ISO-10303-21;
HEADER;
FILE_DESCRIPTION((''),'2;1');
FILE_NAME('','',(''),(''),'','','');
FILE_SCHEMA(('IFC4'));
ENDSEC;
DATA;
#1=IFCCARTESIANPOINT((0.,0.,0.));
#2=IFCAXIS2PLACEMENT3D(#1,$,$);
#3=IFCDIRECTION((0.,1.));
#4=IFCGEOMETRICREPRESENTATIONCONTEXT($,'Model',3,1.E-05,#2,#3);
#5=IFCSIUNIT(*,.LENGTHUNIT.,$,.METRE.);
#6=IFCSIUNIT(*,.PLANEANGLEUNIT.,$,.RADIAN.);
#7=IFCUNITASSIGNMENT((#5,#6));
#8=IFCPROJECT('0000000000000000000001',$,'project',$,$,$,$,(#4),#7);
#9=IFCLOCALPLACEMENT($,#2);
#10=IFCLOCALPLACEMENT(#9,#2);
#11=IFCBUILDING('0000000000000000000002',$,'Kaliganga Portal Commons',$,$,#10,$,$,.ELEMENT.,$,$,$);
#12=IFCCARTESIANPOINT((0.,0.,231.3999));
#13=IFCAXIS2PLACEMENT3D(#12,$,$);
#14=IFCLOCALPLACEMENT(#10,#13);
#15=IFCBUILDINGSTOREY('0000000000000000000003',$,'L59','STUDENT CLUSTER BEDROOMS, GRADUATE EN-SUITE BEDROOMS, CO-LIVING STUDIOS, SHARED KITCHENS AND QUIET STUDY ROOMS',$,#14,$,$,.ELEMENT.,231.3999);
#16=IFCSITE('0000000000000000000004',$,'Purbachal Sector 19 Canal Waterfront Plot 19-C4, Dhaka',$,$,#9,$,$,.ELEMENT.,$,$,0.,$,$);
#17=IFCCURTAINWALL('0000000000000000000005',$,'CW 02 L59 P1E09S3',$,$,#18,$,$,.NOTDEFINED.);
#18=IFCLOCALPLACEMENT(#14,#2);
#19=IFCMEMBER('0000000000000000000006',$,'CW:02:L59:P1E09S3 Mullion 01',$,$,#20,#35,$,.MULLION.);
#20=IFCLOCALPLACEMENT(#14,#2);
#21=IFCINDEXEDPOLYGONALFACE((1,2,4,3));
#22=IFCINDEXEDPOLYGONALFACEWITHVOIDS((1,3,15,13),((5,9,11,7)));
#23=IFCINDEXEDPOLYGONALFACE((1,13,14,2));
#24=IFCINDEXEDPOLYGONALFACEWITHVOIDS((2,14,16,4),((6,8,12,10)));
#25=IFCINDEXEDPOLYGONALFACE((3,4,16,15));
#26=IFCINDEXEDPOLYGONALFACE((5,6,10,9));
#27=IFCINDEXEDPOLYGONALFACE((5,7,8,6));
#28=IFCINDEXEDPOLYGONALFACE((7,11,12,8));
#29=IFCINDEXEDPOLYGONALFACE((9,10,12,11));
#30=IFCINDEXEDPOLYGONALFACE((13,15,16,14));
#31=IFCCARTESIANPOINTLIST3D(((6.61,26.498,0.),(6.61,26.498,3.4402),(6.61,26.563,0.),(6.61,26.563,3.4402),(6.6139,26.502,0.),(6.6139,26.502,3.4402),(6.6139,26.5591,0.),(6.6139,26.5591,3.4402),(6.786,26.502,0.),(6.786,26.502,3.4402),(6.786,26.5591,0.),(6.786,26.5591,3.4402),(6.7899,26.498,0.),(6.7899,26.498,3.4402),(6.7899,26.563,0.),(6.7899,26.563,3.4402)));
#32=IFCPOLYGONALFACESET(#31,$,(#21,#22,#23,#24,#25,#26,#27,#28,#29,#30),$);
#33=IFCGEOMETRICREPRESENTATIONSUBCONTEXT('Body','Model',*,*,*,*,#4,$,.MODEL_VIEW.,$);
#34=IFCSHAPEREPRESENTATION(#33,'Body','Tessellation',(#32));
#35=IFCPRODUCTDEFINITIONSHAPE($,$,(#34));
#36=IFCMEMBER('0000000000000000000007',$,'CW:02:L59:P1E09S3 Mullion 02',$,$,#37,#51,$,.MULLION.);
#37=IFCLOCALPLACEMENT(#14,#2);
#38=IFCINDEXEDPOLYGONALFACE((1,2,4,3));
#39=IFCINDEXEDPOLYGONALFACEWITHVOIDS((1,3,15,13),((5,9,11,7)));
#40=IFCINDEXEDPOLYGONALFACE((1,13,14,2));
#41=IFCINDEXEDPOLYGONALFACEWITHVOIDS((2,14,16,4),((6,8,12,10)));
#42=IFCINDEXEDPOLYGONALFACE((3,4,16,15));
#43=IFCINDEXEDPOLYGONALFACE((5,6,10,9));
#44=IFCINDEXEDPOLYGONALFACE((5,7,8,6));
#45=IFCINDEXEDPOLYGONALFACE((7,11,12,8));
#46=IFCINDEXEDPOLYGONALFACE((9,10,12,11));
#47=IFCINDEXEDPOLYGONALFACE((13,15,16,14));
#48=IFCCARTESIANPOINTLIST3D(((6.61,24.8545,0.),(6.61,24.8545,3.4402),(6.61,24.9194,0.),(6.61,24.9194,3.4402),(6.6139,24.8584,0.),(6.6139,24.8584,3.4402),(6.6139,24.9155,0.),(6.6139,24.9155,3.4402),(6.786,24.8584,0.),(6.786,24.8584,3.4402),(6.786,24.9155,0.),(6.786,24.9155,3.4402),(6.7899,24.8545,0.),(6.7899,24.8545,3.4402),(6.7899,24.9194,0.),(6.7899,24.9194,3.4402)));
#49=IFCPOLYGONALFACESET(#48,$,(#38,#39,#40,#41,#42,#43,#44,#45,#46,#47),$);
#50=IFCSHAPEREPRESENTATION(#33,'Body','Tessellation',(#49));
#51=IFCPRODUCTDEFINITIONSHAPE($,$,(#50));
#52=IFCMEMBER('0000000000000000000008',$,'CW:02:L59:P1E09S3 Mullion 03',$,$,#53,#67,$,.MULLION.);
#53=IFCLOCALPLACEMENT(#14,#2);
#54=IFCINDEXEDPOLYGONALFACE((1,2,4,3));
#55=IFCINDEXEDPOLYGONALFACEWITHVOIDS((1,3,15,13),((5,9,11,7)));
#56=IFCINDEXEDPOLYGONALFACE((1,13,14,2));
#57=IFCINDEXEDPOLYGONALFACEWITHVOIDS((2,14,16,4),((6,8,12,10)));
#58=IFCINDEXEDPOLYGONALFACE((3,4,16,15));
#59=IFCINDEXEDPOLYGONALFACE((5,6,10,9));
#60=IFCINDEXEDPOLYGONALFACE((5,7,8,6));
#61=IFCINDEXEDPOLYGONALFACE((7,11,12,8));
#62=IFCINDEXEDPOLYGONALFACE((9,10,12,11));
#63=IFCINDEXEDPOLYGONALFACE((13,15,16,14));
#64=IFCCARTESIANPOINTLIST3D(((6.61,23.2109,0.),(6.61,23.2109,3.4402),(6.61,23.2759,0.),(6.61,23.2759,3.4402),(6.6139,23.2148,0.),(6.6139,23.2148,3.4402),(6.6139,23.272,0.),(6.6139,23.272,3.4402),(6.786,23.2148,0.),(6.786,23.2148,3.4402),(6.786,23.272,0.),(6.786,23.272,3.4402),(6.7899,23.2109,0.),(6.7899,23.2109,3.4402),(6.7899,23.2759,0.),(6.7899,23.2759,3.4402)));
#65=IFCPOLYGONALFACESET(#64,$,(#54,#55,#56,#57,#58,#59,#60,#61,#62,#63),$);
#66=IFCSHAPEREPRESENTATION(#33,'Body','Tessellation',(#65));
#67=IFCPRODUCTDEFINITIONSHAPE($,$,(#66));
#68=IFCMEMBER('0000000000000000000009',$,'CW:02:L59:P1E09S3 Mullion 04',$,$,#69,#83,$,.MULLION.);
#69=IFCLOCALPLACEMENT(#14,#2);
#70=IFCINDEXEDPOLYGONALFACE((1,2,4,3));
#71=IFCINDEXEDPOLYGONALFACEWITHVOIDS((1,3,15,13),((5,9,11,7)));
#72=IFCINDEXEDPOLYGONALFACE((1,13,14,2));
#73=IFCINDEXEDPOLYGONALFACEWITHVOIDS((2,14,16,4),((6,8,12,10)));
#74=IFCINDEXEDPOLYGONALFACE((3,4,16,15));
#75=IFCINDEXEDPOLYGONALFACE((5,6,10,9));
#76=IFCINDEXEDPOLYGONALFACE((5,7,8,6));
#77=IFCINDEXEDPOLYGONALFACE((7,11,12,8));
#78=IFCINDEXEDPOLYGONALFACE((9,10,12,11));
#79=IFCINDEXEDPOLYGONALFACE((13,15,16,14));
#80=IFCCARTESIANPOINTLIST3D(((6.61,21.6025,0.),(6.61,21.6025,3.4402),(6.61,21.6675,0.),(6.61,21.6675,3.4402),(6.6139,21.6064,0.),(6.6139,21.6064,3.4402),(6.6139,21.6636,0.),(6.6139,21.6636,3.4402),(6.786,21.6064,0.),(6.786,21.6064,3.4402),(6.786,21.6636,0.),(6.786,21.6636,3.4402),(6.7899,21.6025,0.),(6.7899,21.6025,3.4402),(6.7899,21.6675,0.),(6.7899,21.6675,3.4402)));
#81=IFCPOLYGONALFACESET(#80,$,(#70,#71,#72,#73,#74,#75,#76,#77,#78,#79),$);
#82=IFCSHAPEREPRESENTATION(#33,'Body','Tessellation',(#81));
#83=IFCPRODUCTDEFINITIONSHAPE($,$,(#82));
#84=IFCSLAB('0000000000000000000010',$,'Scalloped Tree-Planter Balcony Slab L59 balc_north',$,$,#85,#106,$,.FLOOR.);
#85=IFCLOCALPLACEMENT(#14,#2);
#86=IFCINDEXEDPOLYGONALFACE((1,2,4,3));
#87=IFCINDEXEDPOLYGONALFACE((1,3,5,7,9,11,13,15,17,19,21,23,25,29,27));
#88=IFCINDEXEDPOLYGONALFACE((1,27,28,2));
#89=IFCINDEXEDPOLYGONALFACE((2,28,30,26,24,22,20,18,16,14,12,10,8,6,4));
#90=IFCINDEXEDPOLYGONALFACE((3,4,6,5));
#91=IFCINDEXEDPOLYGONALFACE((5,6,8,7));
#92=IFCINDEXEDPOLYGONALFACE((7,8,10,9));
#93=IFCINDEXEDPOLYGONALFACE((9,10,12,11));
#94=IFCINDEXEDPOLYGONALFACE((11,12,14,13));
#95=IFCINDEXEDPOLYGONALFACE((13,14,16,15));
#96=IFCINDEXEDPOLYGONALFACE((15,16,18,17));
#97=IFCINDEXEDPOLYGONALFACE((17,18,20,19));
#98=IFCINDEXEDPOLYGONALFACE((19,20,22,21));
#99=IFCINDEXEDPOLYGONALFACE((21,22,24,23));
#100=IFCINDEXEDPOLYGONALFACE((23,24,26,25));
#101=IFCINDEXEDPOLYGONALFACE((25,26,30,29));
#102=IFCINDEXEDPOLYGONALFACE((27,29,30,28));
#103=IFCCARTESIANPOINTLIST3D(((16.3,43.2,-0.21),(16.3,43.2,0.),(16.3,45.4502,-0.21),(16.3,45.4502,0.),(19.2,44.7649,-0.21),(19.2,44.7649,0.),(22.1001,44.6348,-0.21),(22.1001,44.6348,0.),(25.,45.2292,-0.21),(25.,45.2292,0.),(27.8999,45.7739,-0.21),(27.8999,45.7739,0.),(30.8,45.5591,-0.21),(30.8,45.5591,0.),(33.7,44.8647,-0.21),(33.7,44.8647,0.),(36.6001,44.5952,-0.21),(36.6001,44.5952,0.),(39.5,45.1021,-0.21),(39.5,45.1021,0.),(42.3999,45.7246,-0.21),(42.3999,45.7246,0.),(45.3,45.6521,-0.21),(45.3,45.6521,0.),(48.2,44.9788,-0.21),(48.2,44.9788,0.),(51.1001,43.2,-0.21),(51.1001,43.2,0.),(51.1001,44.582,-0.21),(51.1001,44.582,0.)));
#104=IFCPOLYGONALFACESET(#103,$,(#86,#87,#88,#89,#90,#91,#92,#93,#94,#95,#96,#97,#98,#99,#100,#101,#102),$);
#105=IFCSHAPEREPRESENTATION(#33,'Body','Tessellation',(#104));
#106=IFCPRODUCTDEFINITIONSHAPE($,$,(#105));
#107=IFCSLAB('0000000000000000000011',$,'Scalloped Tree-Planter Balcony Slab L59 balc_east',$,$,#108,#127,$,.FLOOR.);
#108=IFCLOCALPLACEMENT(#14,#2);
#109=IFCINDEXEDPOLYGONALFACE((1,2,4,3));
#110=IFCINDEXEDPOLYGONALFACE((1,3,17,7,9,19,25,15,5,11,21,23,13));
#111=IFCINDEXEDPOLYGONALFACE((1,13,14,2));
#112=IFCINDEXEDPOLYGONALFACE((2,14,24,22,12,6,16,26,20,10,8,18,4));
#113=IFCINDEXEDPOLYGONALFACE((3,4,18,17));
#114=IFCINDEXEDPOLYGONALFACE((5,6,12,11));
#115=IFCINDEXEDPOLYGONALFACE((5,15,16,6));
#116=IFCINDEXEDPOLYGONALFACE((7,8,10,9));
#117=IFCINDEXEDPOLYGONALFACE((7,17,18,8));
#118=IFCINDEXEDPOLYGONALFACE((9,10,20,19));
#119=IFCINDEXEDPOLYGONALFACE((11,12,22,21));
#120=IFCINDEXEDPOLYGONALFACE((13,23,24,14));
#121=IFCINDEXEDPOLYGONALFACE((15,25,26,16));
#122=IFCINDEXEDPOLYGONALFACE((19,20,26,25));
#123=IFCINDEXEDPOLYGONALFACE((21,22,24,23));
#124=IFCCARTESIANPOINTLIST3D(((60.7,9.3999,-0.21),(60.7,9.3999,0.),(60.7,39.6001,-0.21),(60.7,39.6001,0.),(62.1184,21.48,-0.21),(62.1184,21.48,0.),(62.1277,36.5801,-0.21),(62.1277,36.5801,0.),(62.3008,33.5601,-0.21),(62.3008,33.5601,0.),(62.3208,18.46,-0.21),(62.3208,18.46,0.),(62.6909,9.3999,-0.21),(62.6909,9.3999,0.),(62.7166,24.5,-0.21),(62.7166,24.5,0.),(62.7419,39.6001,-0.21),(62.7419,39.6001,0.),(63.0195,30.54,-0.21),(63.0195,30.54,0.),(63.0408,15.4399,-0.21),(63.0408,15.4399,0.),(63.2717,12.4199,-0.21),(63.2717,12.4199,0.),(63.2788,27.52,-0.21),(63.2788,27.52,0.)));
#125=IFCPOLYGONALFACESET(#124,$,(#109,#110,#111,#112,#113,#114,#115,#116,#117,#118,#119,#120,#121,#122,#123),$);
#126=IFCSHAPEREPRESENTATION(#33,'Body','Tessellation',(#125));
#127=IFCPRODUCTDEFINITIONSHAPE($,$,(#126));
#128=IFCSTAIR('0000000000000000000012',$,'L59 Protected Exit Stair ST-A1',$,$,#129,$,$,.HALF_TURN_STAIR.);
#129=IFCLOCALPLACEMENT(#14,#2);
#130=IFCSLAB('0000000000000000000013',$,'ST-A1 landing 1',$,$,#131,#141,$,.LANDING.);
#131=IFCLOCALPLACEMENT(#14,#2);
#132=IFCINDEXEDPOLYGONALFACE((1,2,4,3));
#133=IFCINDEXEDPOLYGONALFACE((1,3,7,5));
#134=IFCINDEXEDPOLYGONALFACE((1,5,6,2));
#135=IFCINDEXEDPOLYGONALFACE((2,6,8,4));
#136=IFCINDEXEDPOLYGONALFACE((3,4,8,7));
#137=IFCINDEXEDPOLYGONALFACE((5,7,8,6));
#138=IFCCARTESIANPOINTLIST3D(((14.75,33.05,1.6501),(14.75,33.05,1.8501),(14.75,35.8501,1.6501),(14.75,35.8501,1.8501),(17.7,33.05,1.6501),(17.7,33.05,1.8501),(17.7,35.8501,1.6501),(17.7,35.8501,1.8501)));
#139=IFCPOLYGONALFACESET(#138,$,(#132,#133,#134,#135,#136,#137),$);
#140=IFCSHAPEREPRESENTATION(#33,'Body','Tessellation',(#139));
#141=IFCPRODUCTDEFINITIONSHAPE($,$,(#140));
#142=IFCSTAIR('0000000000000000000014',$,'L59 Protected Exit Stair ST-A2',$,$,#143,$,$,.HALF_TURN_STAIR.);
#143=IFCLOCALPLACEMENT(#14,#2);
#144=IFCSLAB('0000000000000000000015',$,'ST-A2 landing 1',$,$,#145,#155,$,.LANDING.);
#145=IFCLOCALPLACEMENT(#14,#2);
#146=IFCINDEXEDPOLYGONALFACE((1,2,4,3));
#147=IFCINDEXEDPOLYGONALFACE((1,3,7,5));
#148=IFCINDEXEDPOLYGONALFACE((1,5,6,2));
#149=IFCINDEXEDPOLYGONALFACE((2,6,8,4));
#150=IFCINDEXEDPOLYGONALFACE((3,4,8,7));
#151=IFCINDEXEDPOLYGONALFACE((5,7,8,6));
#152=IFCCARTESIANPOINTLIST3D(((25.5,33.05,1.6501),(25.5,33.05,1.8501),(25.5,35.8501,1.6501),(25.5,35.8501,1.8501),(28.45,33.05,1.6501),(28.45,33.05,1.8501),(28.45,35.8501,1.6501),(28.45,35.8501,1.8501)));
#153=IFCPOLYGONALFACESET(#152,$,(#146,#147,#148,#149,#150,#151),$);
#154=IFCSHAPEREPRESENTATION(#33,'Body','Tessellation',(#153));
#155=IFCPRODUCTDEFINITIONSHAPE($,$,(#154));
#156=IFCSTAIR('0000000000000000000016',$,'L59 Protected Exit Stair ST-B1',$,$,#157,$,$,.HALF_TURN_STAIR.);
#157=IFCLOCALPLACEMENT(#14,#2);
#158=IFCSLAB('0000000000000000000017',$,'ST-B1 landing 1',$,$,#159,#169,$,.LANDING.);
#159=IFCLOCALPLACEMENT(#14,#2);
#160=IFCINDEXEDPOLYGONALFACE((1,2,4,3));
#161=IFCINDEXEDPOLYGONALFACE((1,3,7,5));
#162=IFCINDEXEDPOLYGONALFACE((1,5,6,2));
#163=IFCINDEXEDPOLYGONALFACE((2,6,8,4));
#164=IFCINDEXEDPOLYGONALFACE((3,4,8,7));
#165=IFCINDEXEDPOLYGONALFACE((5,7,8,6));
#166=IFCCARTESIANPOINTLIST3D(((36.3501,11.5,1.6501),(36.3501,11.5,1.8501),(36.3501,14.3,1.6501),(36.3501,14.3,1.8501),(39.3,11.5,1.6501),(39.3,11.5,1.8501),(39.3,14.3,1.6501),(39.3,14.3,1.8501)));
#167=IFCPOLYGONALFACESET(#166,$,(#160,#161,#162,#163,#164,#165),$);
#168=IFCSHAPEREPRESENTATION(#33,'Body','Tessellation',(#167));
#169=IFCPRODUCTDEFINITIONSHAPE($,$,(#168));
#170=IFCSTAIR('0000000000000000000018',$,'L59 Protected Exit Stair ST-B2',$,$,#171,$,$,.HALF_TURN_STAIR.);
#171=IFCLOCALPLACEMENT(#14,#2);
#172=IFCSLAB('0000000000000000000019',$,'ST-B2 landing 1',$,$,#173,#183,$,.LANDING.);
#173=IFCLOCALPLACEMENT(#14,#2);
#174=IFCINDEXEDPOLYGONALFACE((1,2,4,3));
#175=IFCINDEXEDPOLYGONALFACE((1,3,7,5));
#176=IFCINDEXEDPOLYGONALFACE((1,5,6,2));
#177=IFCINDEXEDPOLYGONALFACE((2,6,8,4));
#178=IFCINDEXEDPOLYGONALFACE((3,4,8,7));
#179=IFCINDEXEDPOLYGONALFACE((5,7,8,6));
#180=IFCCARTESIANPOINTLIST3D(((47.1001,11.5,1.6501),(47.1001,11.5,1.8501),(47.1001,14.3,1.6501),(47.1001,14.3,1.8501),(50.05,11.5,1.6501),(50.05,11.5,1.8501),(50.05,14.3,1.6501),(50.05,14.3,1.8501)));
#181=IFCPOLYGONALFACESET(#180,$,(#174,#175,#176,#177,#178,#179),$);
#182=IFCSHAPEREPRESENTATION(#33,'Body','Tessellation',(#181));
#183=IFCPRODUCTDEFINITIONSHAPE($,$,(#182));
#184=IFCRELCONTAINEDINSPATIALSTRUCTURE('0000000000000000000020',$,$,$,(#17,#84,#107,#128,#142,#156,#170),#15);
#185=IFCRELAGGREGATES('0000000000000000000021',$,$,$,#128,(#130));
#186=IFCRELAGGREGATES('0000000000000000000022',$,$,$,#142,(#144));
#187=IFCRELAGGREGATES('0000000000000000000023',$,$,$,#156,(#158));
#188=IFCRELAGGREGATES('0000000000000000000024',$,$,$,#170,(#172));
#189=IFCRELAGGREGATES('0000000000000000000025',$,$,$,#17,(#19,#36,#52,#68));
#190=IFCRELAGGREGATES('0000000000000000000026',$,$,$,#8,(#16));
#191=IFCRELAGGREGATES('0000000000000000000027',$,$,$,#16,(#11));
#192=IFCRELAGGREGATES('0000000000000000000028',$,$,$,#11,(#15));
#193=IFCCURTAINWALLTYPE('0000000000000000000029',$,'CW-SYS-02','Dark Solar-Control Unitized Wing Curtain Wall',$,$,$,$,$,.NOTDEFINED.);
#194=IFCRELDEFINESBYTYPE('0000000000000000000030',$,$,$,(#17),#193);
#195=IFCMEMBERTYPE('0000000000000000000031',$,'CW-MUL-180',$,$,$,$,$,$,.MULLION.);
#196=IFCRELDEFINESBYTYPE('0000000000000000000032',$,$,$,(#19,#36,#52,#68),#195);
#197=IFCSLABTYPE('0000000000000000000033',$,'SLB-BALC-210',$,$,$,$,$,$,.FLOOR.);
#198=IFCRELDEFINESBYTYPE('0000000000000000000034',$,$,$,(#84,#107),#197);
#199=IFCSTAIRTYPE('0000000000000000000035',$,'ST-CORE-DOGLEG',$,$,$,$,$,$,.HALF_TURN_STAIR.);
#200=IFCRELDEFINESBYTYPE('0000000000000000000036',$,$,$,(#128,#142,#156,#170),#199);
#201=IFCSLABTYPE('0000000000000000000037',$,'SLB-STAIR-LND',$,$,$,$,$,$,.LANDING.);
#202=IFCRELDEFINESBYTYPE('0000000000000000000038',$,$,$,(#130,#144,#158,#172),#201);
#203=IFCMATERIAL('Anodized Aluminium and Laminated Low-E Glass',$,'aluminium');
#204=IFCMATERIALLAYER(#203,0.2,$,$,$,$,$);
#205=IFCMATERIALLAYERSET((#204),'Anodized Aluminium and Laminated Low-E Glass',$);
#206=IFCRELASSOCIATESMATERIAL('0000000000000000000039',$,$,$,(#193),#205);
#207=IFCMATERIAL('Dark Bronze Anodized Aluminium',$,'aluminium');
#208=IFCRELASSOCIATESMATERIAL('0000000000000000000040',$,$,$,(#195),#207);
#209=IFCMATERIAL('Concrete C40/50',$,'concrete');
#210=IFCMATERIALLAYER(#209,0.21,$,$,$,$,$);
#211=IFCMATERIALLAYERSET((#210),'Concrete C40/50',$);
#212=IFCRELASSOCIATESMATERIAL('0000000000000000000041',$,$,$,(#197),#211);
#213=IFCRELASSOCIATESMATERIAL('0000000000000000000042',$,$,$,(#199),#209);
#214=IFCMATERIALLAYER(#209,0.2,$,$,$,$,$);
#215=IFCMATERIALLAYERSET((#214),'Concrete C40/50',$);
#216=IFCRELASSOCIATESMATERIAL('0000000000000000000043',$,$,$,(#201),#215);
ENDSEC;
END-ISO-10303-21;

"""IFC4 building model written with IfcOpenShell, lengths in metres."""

from ifc_helpers import new_model, si_unit, direction, frame, origin, origin_2d, place, context, subcontext, project, spatial, polyline, hollow_rectangle, outline, extrude, source, transform, mapped, material, layer, layer_set, material_profile, profile_set, type_object, element, aggregate, save


model = new_model("IFC4")

# Units and contexts
model_context = context("Model", 3, precision=1e-05, world=origin(), true_north=direction((0.0, 1.0)))
body_context = subcontext(model_context, "Body", "Model", "MODEL_VIEW")
ifc_project = project(units=[si_unit("LENGTHUNIT", "METRE"), si_unit("PLANEANGLEUNIT", "RADIAN")], contexts=[model_context])

# Site, building, storey
site_placement = place(None, origin())
site = spatial("IfcSite", under=ifc_project, at=site_placement, Name="Purbachal Sector 19 Canal Waterfront Plot 19-C4, Dhaka", CompositionType="ELEMENT", RefElevation=0.0)
building_placement = place(site_placement, origin())
building = spatial("IfcBuilding", under=site, at=building_placement, Name="Kaliganga Portal Commons", CompositionType="ELEMENT")
storey_placement = place(building_placement, frame((0.0, 0.0, 231.3999)))
storey = spatial("IfcBuildingStorey", under=building, at=storey_placement, Name="L59", Description="STUDENT CLUSTER BEDROOMS, GRADUATE EN-SUITE BEDROOMS, CO-LIVING STUDIOS, SHARED KITCHENS AND QUIET STUDY ROOMS", CompositionType="ELEMENT", Elevation=231.3999)

# Curtain wall, members
ifc_material_1 = material(Name="Anodized Aluminium and Laminated Low-E Glass", Category="aluminium")
ifc_layer_1 = layer(ifc_material_1, 0.2)
ifc_layer_set_1 = layer_set([ifc_layer_1], Name="Anodized Aluminium and Laminated Low-E Glass")
curtain_wall_type = type_object("IfcCurtainWallType", Name="CW-SYS-02", Description="Dark Solar-Control Unitized Wing Curtain Wall", PredefinedType="NOTDEFINED", material=ifc_layer_set_1)
curtain_wall_placement = place(storey_placement, origin())
curtain_wall = element("IfcCurtainWall", 1, at=curtain_wall_placement, inside=storey, type_object=curtain_wall_type, Name="CW 02 L59 P1E09S3", PredefinedType="NOTDEFINED")
ifc_material_2 = material(Name="Dark Bronze Anodized Aluminium", Category="aluminium")
ifc_material_profile = material_profile(ifc_material_2, hollow_rectangle(XDim=0.0649, YDim=0.1799, WallThickness=0.0039, at=origin_2d()), Name="ALU MULL 65x180x4")
ifc_profile_set = profile_set([ifc_material_profile], Name="Dark Bronze Anodized Aluminium")
member_type = type_object("IfcMemberType", Name="CW-MUL-180", PredefinedType="MULLION", material=ifc_profile_set)
shared_shape_1 = source(origin(), body_context, "Body", "SweptSolid", [
    extrude(hollow_rectangle(XDim=0.0649, YDim=0.1799, WallThickness=0.0039, at=origin_2d()), origin(), (0.0, 0.0, 1.0), 3.4402),
])
member_1_placement = place(storey_placement, frame((6.7, 26.5305, 0.0), z_axis=(0.0, 0.0, 1.0), x_axis=(0.0, -1.0, 0.0)))
member_1 = element("IfcMember", 2, at=member_1_placement, type_object=member_type, Name="CW:02:L59:P1E09S3 Mullion 01", PredefinedType="MULLION", context=body_context, shape_type="MappedRepresentation", body=[
    mapped(shared_shape_1, transform((0.0, 0.0, 0.0), x_axis=(1.0, 0.0, 0.0), y_axis=(0.0, 1.0, 0.0), z_axis=(0.0, 0.0, 1.0), scale=1.0)),
])
member_2_placement = place(storey_placement, frame((6.7, 24.887, 0.0), z_axis=(0.0, 0.0, 1.0), x_axis=(0.0, -1.0, 0.0)))
member_2 = element("IfcMember", 3, at=member_2_placement, type_object=member_type, Name="CW:02:L59:P1E09S3 Mullion 02", PredefinedType="MULLION", context=body_context, shape_type="MappedRepresentation", body=[
    mapped(shared_shape_1, transform((0.0, 0.0, 0.0), x_axis=(1.0, 0.0, 0.0), y_axis=(0.0, 1.0, 0.0), z_axis=(0.0, 0.0, 1.0), scale=1.0)),
])
member_3_placement = place(storey_placement, frame((6.7, 23.2434, 0.0), z_axis=(0.0, 0.0, 1.0), x_axis=(0.0, -1.0, 0.0)))
member_3 = element("IfcMember", 4, at=member_3_placement, type_object=member_type, Name="CW:02:L59:P1E09S3 Mullion 03", PredefinedType="MULLION", context=body_context, shape_type="MappedRepresentation", body=[
    mapped(shared_shape_1, transform((0.0, 0.0, 0.0), x_axis=(1.0, 0.0, 0.0), y_axis=(0.0, 1.0, 0.0), z_axis=(0.0, 0.0, 1.0), scale=1.0)),
])
member_4_placement = place(storey_placement, frame((6.7, 21.635, 0.0), z_axis=(0.0, 0.0, 1.0), x_axis=(0.0, -1.0, 0.0)))
member_4 = element("IfcMember", 5, at=member_4_placement, type_object=member_type, Name="CW:02:L59:P1E09S3 Mullion 04", PredefinedType="MULLION", context=body_context, shape_type="MappedRepresentation", body=[
    mapped(shared_shape_1, transform((0.0, 0.0, 0.0), x_axis=(1.0, 0.0, 0.0), y_axis=(0.0, 1.0, 0.0), z_axis=(0.0, 0.0, 1.0), scale=1.0)),
])

# Slabs
ifc_material_3 = material(Name="Concrete C40/50", Category="concrete")
ifc_layer_2 = layer(ifc_material_3, 0.21)
ifc_layer_set_2 = layer_set([ifc_layer_2], Name="Concrete C40/50")
slab_type_1 = type_object("IfcSlabType", Name="SLB-BALC-210", PredefinedType="FLOOR", material=ifc_layer_set_2)
slab_1_placement = place(storey_placement, frame((0.0, 0.0, -0.21)))
element("IfcSlab", 6, at=slab_1_placement, inside=storey, type_object=slab_type_1, Name="Scalloped Tree-Planter Balcony Slab L59 balc_north", PredefinedType="FLOOR", context=body_context, shape_type="SweptSolid", body=[
    extrude(outline(polyline([(51.1001, 43.2), (51.1001, 44.582), (48.2, 44.9788), (45.3, 45.6521), (42.3999, 45.7246), (39.5, 45.1021), (36.6001, 44.5952), (33.7, 44.8647), (30.8, 45.5591), (27.8999, 45.7739), (25.0, 45.2292), (22.1001, 44.6348), (19.2, 44.7649), (16.3, 45.4502), (16.3, 43.2), (51.1001, 43.2)])), origin(), (0.0, 0.0, 1.0), 0.21),
])
slab_2_placement = place(storey_placement, frame((0.0, 0.0, -0.21)))
element("IfcSlab", 7, at=slab_2_placement, inside=storey, type_object=slab_type_1, Name="Scalloped Tree-Planter Balcony Slab L59 balc_east", PredefinedType="FLOOR", context=body_context, shape_type="SweptSolid", body=[
    extrude(outline(polyline([(60.7, 9.3999), (62.6909, 9.3999), (63.2717, 12.4199), (63.0408, 15.4399), (62.3208, 18.46), (62.1184, 21.48), (62.7166, 24.5), (63.2788, 27.52), (63.0195, 30.54), (62.3008, 33.5601), (62.1277, 36.5801), (62.7419, 39.6001), (60.7, 39.6001), (60.7, 9.3999)])), origin(), (0.0, 0.0, 1.0), 0.21),
])

# Stairs, slabs
stair_type = type_object("IfcStairType", Name="ST-CORE-DOGLEG", PredefinedType="HALF_TURN_STAIR", material=ifc_material_3)
stair_1_placement = place(storey_placement, origin())
stair_1 = element("IfcStair", 8, at=stair_1_placement, inside=storey, type_object=stair_type, Name="L59 Protected Exit Stair ST-A1", PredefinedType="HALF_TURN_STAIR")
ifc_layer_3 = layer(ifc_material_3, 0.2)
ifc_layer_set_3 = layer_set([ifc_layer_3], Name="Concrete C40/50")
slab_type_2 = type_object("IfcSlabType", Name="SLB-STAIR-LND", PredefinedType="LANDING", material=ifc_layer_set_3)
slab_3_placement = place(storey_placement, frame((0.0, 0.0, 1.6501)))
slab_3 = element("IfcSlab", 9, at=slab_3_placement, type_object=slab_type_2, Name="ST-A1 landing 1", PredefinedType="LANDING", context=body_context, shape_type="SweptSolid", body=[
    extrude(outline(polyline([(17.7, 33.05), (17.7, 35.8501), (14.75, 35.8501), (14.75, 33.05), (17.7, 33.05)])), origin(), (0.0, 0.0, 1.0), 0.2),
])
aggregate(stair_1, [slab_3])
stair_2_placement = place(storey_placement, origin())
stair_2 = element("IfcStair", 10, at=stair_2_placement, inside=storey, type_object=stair_type, Name="L59 Protected Exit Stair ST-A2", PredefinedType="HALF_TURN_STAIR")
slab_4_placement = place(storey_placement, frame((0.0, 0.0, 1.6501)))
slab_4 = element("IfcSlab", 11, at=slab_4_placement, type_object=slab_type_2, Name="ST-A2 landing 1", PredefinedType="LANDING", context=body_context, shape_type="SweptSolid", body=[
    extrude(outline(polyline([(28.45, 33.05), (28.45, 35.8501), (25.5, 35.8501), (25.5, 33.05), (28.45, 33.05)])), origin(), (0.0, 0.0, 1.0), 0.2),
])
aggregate(stair_2, [slab_4])
stair_3_placement = place(storey_placement, origin())
stair_3 = element("IfcStair", 12, at=stair_3_placement, inside=storey, type_object=stair_type, Name="L59 Protected Exit Stair ST-B1", PredefinedType="HALF_TURN_STAIR")
slab_5_placement = place(storey_placement, frame((0.0, 0.0, 1.6501)))
slab_5 = element("IfcSlab", 13, at=slab_5_placement, type_object=slab_type_2, Name="ST-B1 landing 1", PredefinedType="LANDING", context=body_context, shape_type="SweptSolid", body=[
    extrude(outline(polyline([(39.3, 11.5), (39.3, 14.3), (36.3501, 14.3), (36.3501, 11.5), (39.3, 11.5)])), origin(), (0.0, 0.0, 1.0), 0.2),
])
aggregate(stair_3, [slab_5])
stair_4_placement = place(storey_placement, origin())
stair_4 = element("IfcStair", 14, at=stair_4_placement, inside=storey, type_object=stair_type, Name="L59 Protected Exit Stair ST-B2", PredefinedType="HALF_TURN_STAIR")
slab_6_placement = place(storey_placement, frame((0.0, 0.0, 1.6501)))
slab_6 = element("IfcSlab", 15, at=slab_6_placement, type_object=slab_type_2, Name="ST-B2 landing 1", PredefinedType="LANDING", context=body_context, shape_type="SweptSolid", body=[
    extrude(outline(polyline([(50.05, 11.5), (50.05, 14.3), (47.1001, 14.3), (47.1001, 11.5), (50.05, 11.5)])), origin(), (0.0, 0.0, 1.0), 0.2),
])
aggregate(stair_4, [slab_6])

aggregate(curtain_wall, [member_1, member_2, member_3, member_4])

save(model, "model.ifc")
